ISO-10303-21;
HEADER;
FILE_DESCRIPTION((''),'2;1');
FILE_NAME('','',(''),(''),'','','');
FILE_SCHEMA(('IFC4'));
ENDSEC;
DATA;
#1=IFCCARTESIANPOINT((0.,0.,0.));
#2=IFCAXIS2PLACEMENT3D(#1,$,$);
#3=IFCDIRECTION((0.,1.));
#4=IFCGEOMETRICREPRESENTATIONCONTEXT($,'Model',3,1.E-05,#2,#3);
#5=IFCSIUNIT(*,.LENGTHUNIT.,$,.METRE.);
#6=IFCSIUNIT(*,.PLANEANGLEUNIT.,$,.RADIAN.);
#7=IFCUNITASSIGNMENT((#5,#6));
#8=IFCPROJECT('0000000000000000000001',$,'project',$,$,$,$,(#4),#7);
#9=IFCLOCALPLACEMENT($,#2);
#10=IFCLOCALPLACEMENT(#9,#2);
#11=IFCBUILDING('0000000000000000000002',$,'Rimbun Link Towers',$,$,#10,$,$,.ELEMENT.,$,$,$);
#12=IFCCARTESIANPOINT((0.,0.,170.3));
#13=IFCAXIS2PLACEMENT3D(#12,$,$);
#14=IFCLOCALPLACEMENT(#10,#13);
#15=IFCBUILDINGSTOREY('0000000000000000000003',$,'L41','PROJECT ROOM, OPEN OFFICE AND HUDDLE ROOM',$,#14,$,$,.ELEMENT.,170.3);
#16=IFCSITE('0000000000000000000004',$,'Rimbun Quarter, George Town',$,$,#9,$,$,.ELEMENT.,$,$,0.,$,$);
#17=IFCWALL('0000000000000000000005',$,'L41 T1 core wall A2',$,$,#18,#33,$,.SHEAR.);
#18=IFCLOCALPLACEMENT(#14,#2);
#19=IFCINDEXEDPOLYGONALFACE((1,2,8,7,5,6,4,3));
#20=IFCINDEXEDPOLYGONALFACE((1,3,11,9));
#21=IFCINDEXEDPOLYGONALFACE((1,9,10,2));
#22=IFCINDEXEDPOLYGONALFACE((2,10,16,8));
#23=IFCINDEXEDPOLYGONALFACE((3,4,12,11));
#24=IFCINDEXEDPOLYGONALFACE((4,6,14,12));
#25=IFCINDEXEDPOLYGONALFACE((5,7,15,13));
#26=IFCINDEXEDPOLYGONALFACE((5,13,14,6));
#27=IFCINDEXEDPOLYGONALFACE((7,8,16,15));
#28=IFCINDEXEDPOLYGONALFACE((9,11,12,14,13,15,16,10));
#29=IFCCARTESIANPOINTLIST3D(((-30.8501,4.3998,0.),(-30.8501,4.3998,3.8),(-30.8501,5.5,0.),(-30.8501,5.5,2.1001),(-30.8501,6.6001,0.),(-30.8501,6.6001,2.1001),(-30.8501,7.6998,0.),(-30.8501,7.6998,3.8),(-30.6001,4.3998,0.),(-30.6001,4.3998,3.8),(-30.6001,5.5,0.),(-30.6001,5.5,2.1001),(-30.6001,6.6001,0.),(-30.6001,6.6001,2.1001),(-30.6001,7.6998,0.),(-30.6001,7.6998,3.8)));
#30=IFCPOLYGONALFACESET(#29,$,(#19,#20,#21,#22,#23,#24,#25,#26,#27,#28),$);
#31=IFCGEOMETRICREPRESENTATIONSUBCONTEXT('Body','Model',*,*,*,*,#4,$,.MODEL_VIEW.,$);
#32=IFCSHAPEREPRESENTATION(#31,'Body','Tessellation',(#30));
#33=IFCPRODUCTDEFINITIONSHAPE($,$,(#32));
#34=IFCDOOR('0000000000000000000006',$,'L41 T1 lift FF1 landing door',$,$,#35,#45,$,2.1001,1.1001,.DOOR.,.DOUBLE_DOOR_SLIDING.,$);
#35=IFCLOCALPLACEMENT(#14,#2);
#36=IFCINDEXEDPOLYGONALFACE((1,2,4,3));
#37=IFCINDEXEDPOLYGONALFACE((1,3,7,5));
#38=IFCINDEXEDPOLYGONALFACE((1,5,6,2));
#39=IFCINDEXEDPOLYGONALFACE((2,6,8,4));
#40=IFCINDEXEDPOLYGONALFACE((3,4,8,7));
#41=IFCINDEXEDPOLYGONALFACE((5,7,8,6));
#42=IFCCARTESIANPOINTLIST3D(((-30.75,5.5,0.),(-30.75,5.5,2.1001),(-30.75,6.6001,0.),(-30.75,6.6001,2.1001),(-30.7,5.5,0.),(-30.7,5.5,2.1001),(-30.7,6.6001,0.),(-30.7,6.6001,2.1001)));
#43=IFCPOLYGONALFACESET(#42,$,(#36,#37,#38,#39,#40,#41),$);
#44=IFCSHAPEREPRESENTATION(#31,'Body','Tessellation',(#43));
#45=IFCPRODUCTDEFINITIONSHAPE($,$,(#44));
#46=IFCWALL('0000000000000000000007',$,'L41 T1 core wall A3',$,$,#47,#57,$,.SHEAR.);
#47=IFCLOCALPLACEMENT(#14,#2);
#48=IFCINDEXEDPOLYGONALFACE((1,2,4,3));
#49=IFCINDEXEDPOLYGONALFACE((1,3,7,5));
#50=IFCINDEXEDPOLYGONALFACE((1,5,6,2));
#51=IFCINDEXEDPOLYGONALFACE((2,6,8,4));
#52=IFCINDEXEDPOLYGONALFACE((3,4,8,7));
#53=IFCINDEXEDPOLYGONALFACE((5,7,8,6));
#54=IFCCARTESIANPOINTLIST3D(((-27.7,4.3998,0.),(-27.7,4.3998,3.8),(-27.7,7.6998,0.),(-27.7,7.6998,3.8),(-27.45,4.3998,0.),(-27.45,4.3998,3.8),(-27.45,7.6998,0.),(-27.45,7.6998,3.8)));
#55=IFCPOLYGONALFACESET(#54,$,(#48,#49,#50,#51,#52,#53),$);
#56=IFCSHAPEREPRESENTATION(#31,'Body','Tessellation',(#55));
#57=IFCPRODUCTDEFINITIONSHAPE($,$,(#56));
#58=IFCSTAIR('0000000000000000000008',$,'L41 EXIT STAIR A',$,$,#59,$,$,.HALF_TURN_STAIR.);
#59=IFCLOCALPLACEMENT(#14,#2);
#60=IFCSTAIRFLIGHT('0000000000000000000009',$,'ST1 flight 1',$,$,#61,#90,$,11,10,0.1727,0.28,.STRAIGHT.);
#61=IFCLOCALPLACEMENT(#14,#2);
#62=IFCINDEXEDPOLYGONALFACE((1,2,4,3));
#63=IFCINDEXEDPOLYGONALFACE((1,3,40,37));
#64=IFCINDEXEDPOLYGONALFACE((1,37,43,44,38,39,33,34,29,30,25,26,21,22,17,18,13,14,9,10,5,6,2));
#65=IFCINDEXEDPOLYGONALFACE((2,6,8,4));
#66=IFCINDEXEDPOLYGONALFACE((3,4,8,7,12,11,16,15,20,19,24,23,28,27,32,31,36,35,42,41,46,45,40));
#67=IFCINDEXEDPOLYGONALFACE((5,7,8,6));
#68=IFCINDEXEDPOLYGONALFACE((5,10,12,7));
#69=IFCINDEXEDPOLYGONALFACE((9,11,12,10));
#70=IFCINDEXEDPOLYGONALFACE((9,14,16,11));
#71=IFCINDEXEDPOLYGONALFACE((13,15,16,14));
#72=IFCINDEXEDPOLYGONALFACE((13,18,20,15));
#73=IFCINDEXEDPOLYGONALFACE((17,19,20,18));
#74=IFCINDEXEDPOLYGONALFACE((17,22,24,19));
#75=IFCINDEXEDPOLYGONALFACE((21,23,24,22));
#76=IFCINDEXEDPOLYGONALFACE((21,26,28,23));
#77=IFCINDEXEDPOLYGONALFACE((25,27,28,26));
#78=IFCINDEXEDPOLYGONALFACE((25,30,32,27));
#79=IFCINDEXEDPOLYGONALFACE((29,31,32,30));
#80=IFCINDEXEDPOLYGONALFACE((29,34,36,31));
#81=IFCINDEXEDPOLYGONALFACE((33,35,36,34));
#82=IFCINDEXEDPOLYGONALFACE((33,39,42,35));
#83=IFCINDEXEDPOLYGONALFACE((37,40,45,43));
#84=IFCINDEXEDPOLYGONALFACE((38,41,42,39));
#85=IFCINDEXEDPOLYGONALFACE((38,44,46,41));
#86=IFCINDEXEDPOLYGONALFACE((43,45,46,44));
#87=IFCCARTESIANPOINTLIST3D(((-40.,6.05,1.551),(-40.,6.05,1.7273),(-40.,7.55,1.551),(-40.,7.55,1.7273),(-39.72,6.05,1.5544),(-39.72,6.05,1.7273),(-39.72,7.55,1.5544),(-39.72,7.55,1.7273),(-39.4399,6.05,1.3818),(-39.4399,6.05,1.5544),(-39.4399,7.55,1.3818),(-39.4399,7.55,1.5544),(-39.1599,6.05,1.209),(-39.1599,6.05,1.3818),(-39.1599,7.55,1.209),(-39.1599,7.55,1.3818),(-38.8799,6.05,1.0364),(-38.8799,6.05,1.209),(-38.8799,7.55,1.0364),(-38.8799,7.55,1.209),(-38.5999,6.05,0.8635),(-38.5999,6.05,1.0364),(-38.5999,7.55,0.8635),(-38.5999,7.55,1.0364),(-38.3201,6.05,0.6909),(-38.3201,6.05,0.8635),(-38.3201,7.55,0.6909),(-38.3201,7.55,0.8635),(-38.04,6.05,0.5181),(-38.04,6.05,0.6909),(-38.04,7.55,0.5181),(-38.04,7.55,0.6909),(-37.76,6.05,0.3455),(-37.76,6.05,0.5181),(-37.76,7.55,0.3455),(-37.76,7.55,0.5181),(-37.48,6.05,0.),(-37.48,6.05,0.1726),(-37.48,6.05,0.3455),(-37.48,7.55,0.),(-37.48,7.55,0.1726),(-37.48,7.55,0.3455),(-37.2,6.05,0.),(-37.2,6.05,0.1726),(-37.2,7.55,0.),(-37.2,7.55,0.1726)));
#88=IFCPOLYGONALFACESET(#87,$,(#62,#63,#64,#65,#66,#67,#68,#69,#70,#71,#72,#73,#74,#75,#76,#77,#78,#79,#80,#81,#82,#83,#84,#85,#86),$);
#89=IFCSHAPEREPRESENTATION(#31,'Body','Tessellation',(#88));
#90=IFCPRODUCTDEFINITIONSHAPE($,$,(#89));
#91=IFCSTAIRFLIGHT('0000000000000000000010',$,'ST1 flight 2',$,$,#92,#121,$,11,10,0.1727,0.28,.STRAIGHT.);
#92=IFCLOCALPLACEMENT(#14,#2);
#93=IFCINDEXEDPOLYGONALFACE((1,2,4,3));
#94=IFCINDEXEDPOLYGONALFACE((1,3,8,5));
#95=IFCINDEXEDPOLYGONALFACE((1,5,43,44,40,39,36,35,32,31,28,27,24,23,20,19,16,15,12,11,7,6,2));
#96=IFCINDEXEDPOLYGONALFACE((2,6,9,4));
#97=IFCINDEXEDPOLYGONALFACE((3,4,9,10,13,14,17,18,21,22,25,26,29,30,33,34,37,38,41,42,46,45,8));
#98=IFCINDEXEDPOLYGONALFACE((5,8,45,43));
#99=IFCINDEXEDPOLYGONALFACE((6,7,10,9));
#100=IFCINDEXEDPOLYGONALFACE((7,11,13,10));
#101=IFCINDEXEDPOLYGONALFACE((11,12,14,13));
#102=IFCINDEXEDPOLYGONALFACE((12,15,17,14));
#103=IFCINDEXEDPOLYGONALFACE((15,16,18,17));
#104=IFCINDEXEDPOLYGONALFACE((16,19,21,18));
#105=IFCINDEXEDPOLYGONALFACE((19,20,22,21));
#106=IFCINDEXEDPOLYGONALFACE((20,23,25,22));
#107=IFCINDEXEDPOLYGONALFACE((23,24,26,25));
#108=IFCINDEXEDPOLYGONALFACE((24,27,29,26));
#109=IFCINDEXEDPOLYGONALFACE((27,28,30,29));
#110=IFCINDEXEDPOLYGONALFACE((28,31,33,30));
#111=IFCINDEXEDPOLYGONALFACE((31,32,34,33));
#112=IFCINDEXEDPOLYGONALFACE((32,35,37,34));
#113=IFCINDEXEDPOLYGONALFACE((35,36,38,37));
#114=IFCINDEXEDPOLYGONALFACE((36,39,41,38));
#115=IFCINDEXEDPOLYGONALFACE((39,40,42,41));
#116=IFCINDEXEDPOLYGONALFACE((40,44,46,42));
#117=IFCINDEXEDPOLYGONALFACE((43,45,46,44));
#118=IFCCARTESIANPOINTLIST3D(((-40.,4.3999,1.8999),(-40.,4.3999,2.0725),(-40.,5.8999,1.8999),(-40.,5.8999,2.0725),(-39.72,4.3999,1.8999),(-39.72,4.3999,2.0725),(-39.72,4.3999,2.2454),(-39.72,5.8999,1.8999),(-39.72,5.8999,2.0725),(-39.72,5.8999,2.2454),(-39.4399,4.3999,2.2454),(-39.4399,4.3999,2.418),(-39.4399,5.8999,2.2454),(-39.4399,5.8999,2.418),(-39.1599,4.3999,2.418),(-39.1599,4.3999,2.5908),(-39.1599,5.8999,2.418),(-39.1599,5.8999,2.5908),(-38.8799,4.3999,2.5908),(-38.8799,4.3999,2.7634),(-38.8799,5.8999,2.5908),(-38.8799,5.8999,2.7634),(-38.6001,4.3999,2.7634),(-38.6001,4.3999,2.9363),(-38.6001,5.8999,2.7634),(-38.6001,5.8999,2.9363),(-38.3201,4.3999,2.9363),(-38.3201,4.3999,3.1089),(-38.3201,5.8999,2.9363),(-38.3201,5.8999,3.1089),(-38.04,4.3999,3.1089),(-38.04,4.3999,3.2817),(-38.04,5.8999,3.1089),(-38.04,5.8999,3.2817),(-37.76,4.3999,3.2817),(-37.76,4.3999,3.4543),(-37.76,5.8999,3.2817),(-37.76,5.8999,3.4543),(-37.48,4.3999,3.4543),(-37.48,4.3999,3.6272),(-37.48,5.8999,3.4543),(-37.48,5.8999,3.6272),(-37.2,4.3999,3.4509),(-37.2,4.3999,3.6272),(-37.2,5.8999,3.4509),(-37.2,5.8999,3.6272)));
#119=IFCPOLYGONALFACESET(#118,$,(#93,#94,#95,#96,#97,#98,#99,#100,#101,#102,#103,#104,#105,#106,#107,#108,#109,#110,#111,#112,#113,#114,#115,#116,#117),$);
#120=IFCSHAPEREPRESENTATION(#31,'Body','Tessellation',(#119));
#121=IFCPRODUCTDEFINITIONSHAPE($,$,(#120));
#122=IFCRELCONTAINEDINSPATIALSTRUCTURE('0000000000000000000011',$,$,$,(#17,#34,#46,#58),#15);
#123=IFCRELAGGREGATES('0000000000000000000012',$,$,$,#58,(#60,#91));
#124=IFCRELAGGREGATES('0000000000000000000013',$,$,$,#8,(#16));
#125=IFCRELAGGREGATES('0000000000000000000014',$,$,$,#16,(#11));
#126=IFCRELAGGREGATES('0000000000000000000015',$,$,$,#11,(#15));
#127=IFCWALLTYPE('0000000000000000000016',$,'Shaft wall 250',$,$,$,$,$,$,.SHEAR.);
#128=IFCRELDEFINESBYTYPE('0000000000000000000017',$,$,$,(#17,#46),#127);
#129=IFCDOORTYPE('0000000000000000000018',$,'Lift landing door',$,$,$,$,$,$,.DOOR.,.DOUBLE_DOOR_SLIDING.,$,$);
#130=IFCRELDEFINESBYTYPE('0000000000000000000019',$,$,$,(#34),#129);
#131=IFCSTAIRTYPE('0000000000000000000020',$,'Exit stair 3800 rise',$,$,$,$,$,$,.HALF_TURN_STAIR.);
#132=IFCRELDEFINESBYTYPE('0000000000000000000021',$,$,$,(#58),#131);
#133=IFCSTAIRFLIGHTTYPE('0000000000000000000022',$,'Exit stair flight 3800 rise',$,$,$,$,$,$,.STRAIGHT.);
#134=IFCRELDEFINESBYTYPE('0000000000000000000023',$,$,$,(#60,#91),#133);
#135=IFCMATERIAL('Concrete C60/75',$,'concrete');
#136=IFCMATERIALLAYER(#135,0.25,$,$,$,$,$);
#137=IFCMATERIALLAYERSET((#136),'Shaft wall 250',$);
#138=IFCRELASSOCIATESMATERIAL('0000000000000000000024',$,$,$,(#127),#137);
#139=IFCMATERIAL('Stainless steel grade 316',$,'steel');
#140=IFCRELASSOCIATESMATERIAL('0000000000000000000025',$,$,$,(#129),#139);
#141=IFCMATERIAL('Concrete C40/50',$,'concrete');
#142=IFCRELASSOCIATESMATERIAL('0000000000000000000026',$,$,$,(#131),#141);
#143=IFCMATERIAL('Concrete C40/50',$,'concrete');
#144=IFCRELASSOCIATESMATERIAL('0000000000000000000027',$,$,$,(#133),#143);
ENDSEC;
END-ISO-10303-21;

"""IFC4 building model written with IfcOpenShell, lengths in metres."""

from ifc_helpers import new_model, si_unit, direction, frame, frame_2d, origin, place, context, subcontext, project, spatial, polyline, rectangle, outline, extrude, material, layer, layer_set, type_object, element, fill, aggregate, save


model = new_model("IFC4")

# Units and contexts
model_context = context("Model", 3, precision=1e-05, world=origin(), true_north=direction((0.0, 1.0)))
body_context = subcontext(model_context, "Body", "Model", "MODEL_VIEW")
ifc_project = project(units=[si_unit("LENGTHUNIT", "METRE"), si_unit("PLANEANGLEUNIT", "RADIAN")], contexts=[model_context])

# Site, building, storey
site_placement = place(None, origin())
site = spatial("IfcSite", under=ifc_project, at=site_placement, Name="Rimbun Quarter, George Town", CompositionType="ELEMENT", RefElevation=0.0)
building_placement = place(site_placement, origin())
building = spatial("IfcBuilding", under=site, at=building_placement, Name="Rimbun Link Towers", CompositionType="ELEMENT")
storey_placement = place(building_placement, frame((0.0, 0.0, 170.3)))
storey = spatial("IfcBuildingStorey", under=building, at=storey_placement, Name="L41", Description="PROJECT ROOM, OPEN OFFICE AND HUDDLE ROOM", CompositionType="ELEMENT", Elevation=170.3)

# Shared definitions
ifc_material_1 = material(Name="Concrete C60/75", Category="concrete")
ifc_layer = layer(ifc_material_1, 0.25)
ifc_layer_set = layer_set([ifc_layer], Name="Shaft wall 250")
wall_type = type_object("IfcWallType", Name="Shaft wall 250", PredefinedType="SHEAR", material=ifc_layer_set)

# Wall, opening, door
wall_1_placement = place(storey_placement, frame((-30.7251, 4.3999, 0.0), z_axis=(0.0, 0.0, 1.0), x_axis=(0.0, 1.0, 0.0)))
wall_1 = element("IfcWall", 1, at=wall_1_placement, inside=storey, type_object=wall_type, Name="L41 T1 core wall A2", PredefinedType="SHEAR", context=body_context, shape_type="SweptSolid", body=[
    extrude(rectangle(XDim=3.3, YDim=0.25, at=frame_2d((1.6499, 0.0))), origin(), (0.0, 0.0, 1.0), 3.8),
])
opening_1_placement = place(wall_1_placement, frame((1.1001, 0.0, 0.0)))
opening_1 = element("IfcOpeningElement", 2, at=opening_1_placement, cuts=wall_1, PredefinedType="OPENING", context=body_context, shape_type="SweptSolid", body=[
    extrude(rectangle(XDim=1.1001, YDim=2.1001, at=frame_2d((0.55, 1.05))), frame((0.0, 0.135, 0.0), z_axis=(0.0, -1.0, 0.0), x_axis=(1.0, 0.0, 0.0)), (0.0, 0.0, 1.0), 0.27),
])
ifc_material_2 = material(Name="Stainless steel grade 316", Category="steel")
door_type_1 = type_object("IfcDoorType", Name="Lift landing door", OperationType="DOUBLE_DOOR_SLIDING", PredefinedType="DOOR", material=ifc_material_2)
door_1_placement = place(opening_1_placement, origin())
door_1 = element("IfcDoor", 3, at=door_1_placement, inside=storey, type_object=door_type_1, Name="L41 T1 lift FF1 landing door", OperationType="DOUBLE_DOOR_SLIDING", OverallHeight=2.1001, OverallWidth=1.1001, PredefinedType="DOOR", context=body_context, shape_type="SweptSolid", body=[
    extrude(rectangle(XDim=1.1001, YDim=2.1001, at=frame_2d((0.55, 1.05))), frame((0.0, 0.0249, 0.0), z_axis=(0.0, -1.0, 0.0), x_axis=(1.0, 0.0, 0.0)), (0.0, 0.0, 1.0), 0.05),
])
fill(opening_1, door_1)

# Wall
wall_2_placement = place(storey_placement, frame((-27.575, 4.3999, 0.0), z_axis=(0.0, 0.0, 1.0), x_axis=(0.0, 1.0, 0.0)))
element("IfcWall", 4, at=wall_2_placement, inside=storey, type_object=wall_type, Name="L41 T1 core wall A3", PredefinedType="SHEAR", context=body_context, shape_type="SweptSolid", body=[
    extrude(rectangle(XDim=3.3, YDim=0.25, at=frame_2d((1.6499, 0.0))), origin(), (0.0, 0.0, 1.0), 3.8),
])

# Stair, stair flights
ifc_material_3 = material(Name="Concrete C40/50", Category="concrete")
stair_type = type_object("IfcStairType", Name="Exit stair 3800 rise", PredefinedType="HALF_TURN_STAIR", material=ifc_material_3)
stair_placement = place(storey_placement, origin())
stair = element("IfcStair", 5, at=stair_placement, inside=storey, type_object=stair_type, Name="L41 EXIT STAIR A", PredefinedType="HALF_TURN_STAIR")
ifc_material_4 = material(Name="Concrete C40/50", Category="concrete")
stair_flight_type = type_object("IfcStairFlightType", Name="Exit stair flight 3800 rise", PredefinedType="STRAIGHT", material=ifc_material_4)
stair_flight_1_placement = place(storey_placement, frame((-37.2, 6.8, 0.0), z_axis=(0.0, 0.0, 1.0), x_axis=(-1.0, 0.0, 0.0)))
stair_flight_1 = element("IfcStairFlight", 6, at=stair_flight_1_placement, type_object=stair_flight_type, Name="ST1 flight 1", NumberOfRisers=11, NumberOfTreads=10, PredefinedType="STRAIGHT", RiserHeight=0.1727, TreadLength=0.28, context=body_context, shape_type="SweptSolid", body=[
    extrude(outline(polyline([(0.0, 0.0), (0.0, 0.1726), (0.28, 0.1726), (0.28, 0.3455), (0.5601, 0.3455), (0.5601, 0.5181), (0.8401, 0.5181), (0.8401, 0.6909), (1.1201, 0.6909), (1.1201, 0.8635), (1.3999, 0.8635), (1.3999, 1.0364), (1.6799, 1.0364), (1.6799, 1.209), (1.96, 1.209), (1.96, 1.3818), (2.24, 1.3818), (2.24, 1.5544), (2.52, 1.5544), (2.52, 1.7273), (2.8, 1.7273), (2.8, 1.8999), (2.8, 1.551), (0.28, 0.0), (0.0, 0.0)])), frame((0.0, 0.75, 0.0), z_axis=(0.0, -1.0, 0.0), x_axis=(1.0, 0.0, 0.0)), (0.0, 0.0, 1.0), 1.5),
])
stair_flight_2_placement = place(storey_placement, frame((-40.0, 5.1499, 1.8999), z_axis=(0.0, 0.0, 1.0), x_axis=(1.0, 0.0, 0.0)))
stair_flight_2 = element("IfcStairFlight", 7, at=stair_flight_2_placement, type_object=stair_flight_type, Name="ST1 flight 2", NumberOfRisers=11, NumberOfTreads=10, PredefinedType="STRAIGHT", RiserHeight=0.1727, TreadLength=0.28, context=body_context, shape_type="SweptSolid", body=[
    extrude(outline(polyline([(0.0, 0.0), (0.0, 0.1726), (0.28, 0.1726), (0.28, 0.3455), (0.5601, 0.3455), (0.5601, 0.5181), (0.8401, 0.5181), (0.8401, 0.6909), (1.1201, 0.6909), (1.1201, 0.8635), (1.3999, 0.8635), (1.3999, 1.0364), (1.6799, 1.0364), (1.6799, 1.209), (1.96, 1.209), (1.96, 1.3818), (2.24, 1.3818), (2.24, 1.5544), (2.52, 1.5544), (2.52, 1.7273), (2.8, 1.7273), (2.8, 1.8999), (2.8, 1.551), (0.28, 0.0), (0.0, 0.0)])), frame((0.0, 0.75, 0.0), z_axis=(0.0, -1.0, 0.0), x_axis=(1.0, 0.0, 0.0)), (0.0, 0.0, 1.0), 1.5),
])
aggregate(stair, [stair_flight_1, stair_flight_2])

save(model, "model.ifc")
